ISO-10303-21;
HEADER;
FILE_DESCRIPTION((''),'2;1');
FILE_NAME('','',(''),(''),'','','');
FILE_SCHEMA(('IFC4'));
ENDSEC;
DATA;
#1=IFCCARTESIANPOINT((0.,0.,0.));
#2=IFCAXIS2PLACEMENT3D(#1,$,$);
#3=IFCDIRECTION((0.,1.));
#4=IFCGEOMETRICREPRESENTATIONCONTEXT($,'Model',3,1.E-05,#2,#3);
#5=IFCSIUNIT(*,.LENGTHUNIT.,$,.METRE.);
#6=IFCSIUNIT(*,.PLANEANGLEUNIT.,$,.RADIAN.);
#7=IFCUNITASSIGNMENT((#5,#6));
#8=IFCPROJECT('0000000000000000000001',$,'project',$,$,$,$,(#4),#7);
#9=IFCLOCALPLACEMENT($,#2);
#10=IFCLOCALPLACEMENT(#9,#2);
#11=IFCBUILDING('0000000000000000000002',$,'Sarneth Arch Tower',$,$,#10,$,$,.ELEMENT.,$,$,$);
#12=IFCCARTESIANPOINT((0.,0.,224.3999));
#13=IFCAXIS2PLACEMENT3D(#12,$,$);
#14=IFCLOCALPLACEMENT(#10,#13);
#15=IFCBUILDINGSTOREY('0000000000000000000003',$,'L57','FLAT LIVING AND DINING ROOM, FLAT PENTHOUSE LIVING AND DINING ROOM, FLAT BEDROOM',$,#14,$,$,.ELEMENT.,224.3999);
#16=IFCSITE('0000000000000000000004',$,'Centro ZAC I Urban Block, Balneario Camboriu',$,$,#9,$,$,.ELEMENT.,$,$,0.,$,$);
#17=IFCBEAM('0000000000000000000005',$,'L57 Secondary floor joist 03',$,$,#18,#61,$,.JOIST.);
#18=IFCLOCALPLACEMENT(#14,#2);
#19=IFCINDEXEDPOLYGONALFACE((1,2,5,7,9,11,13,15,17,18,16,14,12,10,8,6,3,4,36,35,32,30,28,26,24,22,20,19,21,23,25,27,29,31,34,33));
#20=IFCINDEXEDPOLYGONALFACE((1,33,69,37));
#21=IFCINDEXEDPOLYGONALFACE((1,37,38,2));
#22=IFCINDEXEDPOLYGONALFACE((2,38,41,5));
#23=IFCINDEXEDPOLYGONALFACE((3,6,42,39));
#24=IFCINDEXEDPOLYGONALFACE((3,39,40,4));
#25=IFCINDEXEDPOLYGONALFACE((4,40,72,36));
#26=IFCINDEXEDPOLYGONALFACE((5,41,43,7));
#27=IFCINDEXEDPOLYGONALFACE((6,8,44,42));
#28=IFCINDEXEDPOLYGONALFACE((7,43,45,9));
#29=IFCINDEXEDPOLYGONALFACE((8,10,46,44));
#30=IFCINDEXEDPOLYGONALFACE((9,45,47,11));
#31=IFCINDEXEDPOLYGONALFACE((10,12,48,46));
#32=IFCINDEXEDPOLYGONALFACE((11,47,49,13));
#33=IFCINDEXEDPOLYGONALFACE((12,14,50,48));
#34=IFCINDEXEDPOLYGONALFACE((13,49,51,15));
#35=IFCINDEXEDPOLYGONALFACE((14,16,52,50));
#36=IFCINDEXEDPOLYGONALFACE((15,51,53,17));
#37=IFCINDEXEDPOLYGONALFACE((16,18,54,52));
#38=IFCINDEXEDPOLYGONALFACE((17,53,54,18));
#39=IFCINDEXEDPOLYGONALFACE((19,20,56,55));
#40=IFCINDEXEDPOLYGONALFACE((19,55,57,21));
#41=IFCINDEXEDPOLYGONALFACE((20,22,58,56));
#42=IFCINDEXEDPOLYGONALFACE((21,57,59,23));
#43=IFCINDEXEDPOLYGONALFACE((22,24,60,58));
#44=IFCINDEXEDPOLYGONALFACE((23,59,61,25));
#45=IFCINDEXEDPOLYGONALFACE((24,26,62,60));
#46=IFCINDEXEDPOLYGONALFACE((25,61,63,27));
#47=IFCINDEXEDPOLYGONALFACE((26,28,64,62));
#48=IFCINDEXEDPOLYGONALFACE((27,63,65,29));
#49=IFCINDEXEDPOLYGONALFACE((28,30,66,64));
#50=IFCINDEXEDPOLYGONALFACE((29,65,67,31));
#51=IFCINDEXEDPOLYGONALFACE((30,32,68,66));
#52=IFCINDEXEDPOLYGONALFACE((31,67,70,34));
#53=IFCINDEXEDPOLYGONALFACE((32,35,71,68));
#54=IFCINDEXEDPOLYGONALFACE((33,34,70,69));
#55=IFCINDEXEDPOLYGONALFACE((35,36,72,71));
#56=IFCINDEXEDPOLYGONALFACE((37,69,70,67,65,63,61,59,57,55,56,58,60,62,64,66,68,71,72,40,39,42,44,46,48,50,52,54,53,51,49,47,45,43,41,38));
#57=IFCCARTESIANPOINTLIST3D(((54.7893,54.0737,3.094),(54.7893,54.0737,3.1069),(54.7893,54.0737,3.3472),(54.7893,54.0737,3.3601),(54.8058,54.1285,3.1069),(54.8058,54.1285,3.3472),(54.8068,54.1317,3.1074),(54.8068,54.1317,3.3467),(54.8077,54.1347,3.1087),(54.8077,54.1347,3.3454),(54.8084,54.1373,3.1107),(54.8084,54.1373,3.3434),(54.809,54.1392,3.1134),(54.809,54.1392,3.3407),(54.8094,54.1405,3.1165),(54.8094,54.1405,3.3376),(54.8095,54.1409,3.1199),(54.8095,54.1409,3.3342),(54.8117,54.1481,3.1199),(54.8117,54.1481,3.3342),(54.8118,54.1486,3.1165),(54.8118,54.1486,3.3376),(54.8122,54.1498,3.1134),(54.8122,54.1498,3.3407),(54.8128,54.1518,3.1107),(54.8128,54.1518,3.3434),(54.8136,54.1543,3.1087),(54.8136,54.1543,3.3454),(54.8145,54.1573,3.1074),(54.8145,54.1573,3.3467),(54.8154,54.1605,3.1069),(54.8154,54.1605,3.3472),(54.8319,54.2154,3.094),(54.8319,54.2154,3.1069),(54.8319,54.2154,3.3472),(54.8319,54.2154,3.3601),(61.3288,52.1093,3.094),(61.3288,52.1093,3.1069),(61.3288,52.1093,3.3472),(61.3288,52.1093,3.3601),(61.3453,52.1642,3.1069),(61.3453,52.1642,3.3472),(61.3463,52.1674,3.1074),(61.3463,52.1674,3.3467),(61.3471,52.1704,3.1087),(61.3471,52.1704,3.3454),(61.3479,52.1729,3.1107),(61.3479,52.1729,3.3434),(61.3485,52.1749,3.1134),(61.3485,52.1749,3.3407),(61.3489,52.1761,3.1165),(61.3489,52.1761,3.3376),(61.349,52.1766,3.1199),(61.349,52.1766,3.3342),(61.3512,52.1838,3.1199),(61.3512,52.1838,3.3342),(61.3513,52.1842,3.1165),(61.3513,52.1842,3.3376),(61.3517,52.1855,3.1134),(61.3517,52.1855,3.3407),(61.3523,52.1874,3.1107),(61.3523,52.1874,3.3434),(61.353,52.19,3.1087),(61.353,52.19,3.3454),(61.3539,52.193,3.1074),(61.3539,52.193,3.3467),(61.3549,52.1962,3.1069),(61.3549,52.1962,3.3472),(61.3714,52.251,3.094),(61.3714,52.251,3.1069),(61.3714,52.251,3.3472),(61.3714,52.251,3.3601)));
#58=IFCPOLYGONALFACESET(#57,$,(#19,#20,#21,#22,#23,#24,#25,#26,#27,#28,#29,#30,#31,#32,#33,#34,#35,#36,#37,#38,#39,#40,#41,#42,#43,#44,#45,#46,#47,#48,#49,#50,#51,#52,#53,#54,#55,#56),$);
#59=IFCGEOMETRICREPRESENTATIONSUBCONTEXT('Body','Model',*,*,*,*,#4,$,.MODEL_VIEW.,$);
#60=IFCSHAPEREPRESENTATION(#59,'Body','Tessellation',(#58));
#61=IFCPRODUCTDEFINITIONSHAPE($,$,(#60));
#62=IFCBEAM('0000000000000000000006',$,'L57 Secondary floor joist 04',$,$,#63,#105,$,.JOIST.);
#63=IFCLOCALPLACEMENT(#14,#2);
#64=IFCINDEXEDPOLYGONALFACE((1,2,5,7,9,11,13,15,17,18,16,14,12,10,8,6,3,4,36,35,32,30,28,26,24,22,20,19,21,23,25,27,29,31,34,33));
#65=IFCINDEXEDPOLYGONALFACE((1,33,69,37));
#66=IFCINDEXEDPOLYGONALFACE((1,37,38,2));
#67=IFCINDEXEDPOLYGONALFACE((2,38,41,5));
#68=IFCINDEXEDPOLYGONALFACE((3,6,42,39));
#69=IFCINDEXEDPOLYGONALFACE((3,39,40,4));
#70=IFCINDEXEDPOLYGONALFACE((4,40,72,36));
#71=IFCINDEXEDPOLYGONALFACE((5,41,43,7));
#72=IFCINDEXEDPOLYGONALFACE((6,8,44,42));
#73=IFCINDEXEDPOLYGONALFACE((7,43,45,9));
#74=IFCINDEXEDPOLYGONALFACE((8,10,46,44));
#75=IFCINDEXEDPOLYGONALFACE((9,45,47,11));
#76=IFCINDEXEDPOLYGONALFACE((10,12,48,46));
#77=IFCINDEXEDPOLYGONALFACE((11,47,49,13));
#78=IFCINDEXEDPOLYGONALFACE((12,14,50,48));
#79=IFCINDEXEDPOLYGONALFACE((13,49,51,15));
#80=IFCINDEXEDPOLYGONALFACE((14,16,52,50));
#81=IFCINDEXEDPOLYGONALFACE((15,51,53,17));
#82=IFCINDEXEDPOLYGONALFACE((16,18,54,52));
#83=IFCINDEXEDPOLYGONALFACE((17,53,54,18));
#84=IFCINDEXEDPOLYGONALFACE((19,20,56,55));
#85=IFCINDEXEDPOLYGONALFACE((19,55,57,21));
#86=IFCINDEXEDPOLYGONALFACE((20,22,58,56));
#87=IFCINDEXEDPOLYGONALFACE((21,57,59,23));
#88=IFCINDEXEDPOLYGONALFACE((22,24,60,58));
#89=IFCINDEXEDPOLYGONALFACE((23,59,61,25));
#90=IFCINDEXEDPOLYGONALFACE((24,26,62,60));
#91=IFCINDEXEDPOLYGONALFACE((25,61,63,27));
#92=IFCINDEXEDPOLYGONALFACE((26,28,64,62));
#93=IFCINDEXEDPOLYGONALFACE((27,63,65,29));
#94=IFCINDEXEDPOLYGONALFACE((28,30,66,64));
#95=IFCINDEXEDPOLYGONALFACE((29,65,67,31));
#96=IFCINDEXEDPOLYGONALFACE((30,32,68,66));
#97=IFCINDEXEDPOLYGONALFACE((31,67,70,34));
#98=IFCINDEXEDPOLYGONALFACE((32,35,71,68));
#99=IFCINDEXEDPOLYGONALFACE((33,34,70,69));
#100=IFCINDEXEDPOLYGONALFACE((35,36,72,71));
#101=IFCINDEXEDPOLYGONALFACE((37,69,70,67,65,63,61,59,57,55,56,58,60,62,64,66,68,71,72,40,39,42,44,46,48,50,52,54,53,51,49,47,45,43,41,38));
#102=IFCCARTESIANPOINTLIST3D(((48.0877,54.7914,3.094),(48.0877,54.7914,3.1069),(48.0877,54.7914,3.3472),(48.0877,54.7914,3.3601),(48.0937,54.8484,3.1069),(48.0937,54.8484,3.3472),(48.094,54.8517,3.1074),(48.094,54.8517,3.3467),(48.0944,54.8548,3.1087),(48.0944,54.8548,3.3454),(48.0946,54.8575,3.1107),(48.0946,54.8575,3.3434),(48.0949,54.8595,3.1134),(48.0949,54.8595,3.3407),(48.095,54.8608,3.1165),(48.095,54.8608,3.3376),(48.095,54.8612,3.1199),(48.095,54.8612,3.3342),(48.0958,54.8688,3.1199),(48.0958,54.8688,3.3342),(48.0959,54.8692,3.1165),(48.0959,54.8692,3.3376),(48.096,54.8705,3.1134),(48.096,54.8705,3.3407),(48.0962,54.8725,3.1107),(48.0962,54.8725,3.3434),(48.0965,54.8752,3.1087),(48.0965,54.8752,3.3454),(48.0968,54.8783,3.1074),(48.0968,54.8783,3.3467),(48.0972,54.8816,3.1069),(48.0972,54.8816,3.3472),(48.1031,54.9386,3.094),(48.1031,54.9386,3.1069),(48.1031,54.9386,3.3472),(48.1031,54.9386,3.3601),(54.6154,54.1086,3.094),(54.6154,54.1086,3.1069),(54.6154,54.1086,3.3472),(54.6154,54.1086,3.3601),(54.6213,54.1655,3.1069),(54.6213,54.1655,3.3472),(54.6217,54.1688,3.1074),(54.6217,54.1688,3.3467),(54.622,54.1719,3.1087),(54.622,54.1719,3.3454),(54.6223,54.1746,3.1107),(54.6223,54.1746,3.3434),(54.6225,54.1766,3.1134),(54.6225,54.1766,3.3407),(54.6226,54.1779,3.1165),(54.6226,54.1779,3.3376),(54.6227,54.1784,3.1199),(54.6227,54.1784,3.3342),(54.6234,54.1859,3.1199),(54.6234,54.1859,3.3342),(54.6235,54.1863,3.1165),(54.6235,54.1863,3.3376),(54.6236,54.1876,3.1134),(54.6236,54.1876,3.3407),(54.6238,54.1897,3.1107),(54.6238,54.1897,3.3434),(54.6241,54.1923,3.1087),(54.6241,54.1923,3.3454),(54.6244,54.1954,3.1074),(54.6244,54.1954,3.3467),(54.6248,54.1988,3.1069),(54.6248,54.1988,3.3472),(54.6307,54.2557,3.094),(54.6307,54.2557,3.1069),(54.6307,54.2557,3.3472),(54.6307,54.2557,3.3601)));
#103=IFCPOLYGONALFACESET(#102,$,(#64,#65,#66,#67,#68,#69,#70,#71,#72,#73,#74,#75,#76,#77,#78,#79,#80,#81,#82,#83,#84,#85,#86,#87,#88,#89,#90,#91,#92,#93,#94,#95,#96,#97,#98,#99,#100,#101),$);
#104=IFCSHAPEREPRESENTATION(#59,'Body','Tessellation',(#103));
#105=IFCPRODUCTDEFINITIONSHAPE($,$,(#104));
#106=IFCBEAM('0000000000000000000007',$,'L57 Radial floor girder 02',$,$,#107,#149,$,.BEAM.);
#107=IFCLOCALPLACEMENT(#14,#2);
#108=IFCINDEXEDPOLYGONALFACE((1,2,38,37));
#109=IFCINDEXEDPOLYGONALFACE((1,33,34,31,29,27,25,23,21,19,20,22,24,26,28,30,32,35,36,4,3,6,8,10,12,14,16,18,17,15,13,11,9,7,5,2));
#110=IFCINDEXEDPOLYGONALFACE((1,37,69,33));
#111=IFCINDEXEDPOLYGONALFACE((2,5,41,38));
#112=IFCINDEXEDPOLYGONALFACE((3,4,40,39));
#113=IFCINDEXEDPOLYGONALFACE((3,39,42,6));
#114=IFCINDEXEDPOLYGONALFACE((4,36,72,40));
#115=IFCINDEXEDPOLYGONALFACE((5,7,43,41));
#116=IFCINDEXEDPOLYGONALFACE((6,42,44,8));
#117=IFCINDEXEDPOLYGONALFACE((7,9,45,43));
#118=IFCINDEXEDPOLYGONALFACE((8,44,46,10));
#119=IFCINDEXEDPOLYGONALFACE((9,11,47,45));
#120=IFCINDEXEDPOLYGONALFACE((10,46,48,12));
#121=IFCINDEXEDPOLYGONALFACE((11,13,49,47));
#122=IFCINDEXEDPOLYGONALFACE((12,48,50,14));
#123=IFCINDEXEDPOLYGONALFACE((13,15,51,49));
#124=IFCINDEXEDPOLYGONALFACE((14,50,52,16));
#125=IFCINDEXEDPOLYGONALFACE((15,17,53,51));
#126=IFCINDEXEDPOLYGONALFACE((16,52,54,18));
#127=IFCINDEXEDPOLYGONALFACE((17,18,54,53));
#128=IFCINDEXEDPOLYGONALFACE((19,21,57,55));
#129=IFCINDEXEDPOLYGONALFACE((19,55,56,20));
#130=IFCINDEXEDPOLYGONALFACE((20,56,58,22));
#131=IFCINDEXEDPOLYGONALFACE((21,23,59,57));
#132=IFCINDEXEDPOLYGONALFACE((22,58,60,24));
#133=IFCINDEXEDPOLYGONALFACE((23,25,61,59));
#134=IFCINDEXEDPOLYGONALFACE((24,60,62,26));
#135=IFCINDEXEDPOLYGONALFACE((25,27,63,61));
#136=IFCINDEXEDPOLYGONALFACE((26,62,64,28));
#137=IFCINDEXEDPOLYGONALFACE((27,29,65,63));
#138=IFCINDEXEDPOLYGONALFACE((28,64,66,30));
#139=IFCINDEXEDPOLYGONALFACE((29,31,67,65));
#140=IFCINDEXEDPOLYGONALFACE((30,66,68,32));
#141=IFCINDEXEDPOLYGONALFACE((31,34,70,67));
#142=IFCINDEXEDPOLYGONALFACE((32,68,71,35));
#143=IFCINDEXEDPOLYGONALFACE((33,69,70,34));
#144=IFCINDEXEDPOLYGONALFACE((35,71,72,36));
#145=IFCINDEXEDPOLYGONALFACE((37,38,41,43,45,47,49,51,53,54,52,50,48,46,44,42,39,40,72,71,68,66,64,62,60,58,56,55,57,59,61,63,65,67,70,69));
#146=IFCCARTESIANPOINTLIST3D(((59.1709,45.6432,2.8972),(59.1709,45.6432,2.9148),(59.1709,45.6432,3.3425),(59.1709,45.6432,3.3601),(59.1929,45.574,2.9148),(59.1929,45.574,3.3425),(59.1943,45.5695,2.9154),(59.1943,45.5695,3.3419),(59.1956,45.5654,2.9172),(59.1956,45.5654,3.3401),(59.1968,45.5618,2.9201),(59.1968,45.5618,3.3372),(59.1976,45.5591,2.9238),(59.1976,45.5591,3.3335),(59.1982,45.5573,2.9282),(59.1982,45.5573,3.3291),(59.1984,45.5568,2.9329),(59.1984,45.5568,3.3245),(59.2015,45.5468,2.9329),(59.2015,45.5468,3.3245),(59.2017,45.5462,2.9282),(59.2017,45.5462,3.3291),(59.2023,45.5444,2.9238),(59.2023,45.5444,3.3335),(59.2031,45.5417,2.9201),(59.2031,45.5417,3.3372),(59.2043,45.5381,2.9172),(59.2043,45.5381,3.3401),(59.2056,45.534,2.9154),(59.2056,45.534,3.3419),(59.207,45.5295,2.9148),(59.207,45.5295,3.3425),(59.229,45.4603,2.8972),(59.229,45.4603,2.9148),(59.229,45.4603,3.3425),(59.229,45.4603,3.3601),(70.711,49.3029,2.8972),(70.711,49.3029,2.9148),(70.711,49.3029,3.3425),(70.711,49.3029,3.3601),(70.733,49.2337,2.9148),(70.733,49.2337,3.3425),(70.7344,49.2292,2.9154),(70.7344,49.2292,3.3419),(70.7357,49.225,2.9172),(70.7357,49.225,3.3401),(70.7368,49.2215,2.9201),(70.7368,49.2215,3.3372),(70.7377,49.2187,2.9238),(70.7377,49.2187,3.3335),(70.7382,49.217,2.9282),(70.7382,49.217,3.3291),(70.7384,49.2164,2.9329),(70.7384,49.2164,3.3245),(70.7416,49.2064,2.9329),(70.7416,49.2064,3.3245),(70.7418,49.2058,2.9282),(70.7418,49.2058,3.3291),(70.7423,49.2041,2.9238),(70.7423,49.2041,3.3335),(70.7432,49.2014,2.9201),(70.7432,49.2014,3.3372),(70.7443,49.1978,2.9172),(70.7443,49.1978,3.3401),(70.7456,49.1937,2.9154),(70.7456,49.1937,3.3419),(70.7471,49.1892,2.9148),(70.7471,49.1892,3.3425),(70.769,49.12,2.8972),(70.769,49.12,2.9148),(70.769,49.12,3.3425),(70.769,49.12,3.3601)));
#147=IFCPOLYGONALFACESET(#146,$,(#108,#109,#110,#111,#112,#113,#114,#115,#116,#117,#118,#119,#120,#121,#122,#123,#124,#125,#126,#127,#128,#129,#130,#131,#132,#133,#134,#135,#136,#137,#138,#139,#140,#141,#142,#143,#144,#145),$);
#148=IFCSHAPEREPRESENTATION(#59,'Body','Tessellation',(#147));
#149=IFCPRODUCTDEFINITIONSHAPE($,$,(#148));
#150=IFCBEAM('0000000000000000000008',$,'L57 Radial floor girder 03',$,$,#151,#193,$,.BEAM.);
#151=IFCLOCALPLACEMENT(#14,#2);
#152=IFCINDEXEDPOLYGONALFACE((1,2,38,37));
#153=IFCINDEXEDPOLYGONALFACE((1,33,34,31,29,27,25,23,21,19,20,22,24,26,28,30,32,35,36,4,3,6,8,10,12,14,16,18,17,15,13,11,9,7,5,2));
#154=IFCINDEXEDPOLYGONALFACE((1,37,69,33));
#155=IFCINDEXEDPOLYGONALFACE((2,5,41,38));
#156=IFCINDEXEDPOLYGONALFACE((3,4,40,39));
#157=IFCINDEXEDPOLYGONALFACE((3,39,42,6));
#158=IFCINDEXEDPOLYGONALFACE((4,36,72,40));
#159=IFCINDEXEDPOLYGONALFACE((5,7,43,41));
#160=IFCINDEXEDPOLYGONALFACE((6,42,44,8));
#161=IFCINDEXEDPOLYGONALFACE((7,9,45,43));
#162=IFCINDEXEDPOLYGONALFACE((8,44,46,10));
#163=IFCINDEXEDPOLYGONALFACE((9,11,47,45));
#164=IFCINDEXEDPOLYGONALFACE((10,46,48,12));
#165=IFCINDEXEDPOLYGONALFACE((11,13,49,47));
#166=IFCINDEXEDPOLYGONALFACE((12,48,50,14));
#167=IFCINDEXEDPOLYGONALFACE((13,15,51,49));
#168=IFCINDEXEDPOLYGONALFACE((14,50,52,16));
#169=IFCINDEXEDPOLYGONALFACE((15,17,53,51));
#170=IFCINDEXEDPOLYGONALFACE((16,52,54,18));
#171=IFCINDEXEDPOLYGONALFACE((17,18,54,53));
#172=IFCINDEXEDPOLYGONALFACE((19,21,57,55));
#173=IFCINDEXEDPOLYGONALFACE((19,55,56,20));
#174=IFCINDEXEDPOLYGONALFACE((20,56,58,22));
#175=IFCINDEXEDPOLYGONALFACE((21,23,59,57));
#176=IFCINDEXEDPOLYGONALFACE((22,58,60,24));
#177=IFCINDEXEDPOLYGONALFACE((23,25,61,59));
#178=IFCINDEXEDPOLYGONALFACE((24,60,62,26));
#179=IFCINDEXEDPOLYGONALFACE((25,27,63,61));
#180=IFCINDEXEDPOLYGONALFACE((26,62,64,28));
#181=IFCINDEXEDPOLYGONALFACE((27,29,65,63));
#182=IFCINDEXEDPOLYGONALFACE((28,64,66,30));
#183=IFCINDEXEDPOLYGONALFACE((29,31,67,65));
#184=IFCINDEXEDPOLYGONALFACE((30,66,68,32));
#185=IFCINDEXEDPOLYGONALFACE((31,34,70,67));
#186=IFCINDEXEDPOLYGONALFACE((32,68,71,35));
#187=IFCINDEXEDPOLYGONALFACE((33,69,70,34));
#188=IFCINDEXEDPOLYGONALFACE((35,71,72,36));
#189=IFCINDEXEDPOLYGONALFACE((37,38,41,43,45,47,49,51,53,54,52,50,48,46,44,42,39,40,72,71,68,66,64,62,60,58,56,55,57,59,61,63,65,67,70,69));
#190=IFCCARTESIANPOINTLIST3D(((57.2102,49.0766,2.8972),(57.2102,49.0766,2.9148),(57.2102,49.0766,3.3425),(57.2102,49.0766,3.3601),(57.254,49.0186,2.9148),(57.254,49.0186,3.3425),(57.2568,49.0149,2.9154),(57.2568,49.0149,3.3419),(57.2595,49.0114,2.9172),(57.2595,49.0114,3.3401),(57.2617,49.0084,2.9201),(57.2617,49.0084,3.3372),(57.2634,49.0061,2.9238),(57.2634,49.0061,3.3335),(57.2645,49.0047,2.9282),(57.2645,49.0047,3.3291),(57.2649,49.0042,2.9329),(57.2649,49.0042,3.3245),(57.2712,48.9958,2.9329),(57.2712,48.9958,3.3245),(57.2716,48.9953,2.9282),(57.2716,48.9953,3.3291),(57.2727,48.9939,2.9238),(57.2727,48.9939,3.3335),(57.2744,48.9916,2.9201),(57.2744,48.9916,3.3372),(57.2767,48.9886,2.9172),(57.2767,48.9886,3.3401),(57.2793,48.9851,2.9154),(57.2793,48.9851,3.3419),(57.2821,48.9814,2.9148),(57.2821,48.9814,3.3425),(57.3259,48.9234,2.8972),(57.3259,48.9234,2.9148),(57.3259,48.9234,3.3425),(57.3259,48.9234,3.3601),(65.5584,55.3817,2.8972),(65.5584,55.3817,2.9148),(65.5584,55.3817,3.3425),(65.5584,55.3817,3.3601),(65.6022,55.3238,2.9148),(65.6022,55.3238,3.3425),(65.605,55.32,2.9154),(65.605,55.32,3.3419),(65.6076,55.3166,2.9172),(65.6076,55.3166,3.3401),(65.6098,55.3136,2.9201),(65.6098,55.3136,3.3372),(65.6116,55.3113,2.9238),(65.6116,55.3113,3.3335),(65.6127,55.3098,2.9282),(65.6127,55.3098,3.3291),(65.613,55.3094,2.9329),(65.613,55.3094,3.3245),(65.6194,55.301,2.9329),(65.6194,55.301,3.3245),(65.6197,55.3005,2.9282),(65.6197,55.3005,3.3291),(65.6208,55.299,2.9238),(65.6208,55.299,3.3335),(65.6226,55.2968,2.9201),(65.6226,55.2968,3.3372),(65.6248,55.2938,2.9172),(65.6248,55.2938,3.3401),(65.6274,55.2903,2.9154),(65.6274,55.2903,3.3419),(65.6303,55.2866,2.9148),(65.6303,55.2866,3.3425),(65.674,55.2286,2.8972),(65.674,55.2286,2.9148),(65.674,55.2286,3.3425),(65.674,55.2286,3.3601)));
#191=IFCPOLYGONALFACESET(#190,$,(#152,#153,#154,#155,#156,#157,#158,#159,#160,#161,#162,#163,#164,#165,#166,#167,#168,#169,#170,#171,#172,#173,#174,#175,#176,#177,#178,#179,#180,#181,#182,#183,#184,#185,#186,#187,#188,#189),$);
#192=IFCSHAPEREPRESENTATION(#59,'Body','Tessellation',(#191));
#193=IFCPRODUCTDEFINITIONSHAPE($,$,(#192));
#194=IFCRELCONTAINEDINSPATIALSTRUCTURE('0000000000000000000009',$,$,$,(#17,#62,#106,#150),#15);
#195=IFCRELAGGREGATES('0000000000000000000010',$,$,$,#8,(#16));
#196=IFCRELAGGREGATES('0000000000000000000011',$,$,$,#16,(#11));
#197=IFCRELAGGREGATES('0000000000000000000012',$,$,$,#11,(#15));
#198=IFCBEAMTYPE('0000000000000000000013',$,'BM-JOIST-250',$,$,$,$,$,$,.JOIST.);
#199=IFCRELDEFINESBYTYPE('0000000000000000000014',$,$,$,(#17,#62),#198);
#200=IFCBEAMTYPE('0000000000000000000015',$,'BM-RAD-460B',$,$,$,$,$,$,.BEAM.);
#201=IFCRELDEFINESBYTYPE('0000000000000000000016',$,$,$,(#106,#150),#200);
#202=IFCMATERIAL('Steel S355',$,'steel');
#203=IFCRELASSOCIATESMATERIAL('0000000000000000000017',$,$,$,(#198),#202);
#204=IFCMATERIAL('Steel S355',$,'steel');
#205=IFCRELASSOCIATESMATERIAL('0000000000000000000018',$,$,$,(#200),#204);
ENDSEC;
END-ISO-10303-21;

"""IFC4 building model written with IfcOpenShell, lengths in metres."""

from ifc_helpers import new_model, si_unit, direction, frame, origin, origin_2d, place, context, subcontext, project, spatial, i_section, extrude, material, material_profile, profile_set, type_object, element, save


model = new_model("IFC4")

# Units and contexts
model_context = context("Model", 3, precision=1e-05, world=origin(), true_north=direction((0.0, 1.0)))
body_context = subcontext(model_context, "Body", "Model", "MODEL_VIEW")
ifc_project = project(units=[si_unit("LENGTHUNIT", "METRE"), si_unit("PLANEANGLEUNIT", "RADIAN")], contexts=[model_context])

# Site, building, storey
site_placement = place(None, origin())
site = spatial("IfcSite", under=ifc_project, at=site_placement, Name="Centro ZAC I Urban Block, Balneario Camboriu", CompositionType="ELEMENT", RefElevation=0.0)
building_placement = place(site_placement, origin())
building = spatial("IfcBuilding", under=site, at=building_placement, Name="Sarneth Arch Tower", CompositionType="ELEMENT")
storey_placement = place(building_placement, frame((0.0, 0.0, 224.3999)))
storey = spatial("IfcBuildingStorey", under=building, at=storey_placement, Name="L57", Description="FLAT LIVING AND DINING ROOM, FLAT PENTHOUSE LIVING AND DINING ROOM, FLAT BEDROOM", CompositionType="ELEMENT", Elevation=224.3999)

# Beams
ifc_material_1 = material(Name="Steel S355", Category="steel")
ifc_material_profile_1 = material_profile(ifc_material_1, i_section(OverallWidth=0.1479, OverallDepth=0.2661, WebThickness=0.0076, FlangeThickness=0.0129, FilletRadius=0.0129, at=origin_2d()), Name="W250x44.8")
ifc_profile_set_1 = profile_set([ifc_material_profile_1], Name="Steel S355")
beam_type_1 = type_object("IfcBeamType", Name="BM-JOIST-250", PredefinedType="JOIST", material=ifc_profile_set_1)
beam_1_placement = place(storey_placement, frame((61.3501, 52.1802, 3.2271), z_axis=(-0.957726, 0.287682, 0.0), x_axis=(-0.287682, -0.957726, 0.0)))
element("IfcBeam", 1, at=beam_1_placement, inside=storey, type_object=beam_type_1, Name="L57 Secondary floor joist 03", PredefinedType="JOIST", context=body_context, shape_type="SweptSolid", body=[
    extrude(i_section(OverallWidth=0.1479, OverallDepth=0.2661, WebThickness=0.0076, FlangeThickness=0.0129, FilletRadius=0.0129, at=origin_2d()), origin(), (0.0, 0.0, 1.0), 6.8281),
])
beam_2_placement = place(storey_placement, frame((54.623, 54.1821, 3.2271), z_axis=(-0.994573, 0.104044, 0.0), x_axis=(-0.104044, -0.994573, 0.0)))
element("IfcBeam", 2, at=beam_2_placement, inside=storey, type_object=beam_type_1, Name="L57 Secondary floor joist 04", PredefinedType="JOIST", context=body_context, shape_type="SweptSolid", body=[
    extrude(i_section(OverallWidth=0.1479, OverallDepth=0.2661, WebThickness=0.0076, FlangeThickness=0.0129, FilletRadius=0.0129, at=origin_2d()), origin(), (0.0, 0.0, 1.0), 6.5632),
])
ifc_material_2 = material(Name="Steel S355", Category="steel")
ifc_material_profile_2 = material_profile(ifc_material_2, i_section(OverallWidth=0.1919, OverallDepth=0.4629, WebThickness=0.0105, FlangeThickness=0.0176, FilletRadius=0.0181, at=origin_2d()), Name="W460x89")
ifc_profile_set_2 = profile_set([ifc_material_profile_2], Name="Steel S355")
beam_type_2 = type_object("IfcBeamType", Name="BM-RAD-460B", PredefinedType="BEAM", material=ifc_profile_set_2)
beam_3_placement = place(storey_placement, frame((59.2, 45.5518, 3.1287), z_axis=(0.953216, 0.302291, 0.0), x_axis=(-0.302291, 0.953216, 0.0)))
element("IfcBeam", 3, at=beam_3_placement, inside=storey, type_object=beam_type_2, Name="L57 Radial floor girder 02", PredefinedType="BEAM", context=body_context, shape_type="SweptSolid", body=[
    extrude(i_section(OverallWidth=0.1919, OverallDepth=0.4629, WebThickness=0.0105, FlangeThickness=0.0176, FilletRadius=0.0181, at=origin_2d()), origin(), (0.0, 0.0, 1.0), 12.1064),
])
beam_4_placement = place(storey_placement, frame((57.2681, 49.0, 3.1287), z_axis=(0.797974, 0.602692, 0.0), x_axis=(-0.602692, 0.797974, 0.0)))
element("IfcBeam", 4, at=beam_4_placement, inside=storey, type_object=beam_type_2, Name="L57 Radial floor girder 03", PredefinedType="BEAM", context=body_context, shape_type="SweptSolid", body=[
    extrude(i_section(OverallWidth=0.1919, OverallDepth=0.4629, WebThickness=0.0105, FlangeThickness=0.0176, FilletRadius=0.0181, at=origin_2d()), origin(), (0.0, 0.0, 1.0), 10.4617),
])

save(model, "model.ifc")
